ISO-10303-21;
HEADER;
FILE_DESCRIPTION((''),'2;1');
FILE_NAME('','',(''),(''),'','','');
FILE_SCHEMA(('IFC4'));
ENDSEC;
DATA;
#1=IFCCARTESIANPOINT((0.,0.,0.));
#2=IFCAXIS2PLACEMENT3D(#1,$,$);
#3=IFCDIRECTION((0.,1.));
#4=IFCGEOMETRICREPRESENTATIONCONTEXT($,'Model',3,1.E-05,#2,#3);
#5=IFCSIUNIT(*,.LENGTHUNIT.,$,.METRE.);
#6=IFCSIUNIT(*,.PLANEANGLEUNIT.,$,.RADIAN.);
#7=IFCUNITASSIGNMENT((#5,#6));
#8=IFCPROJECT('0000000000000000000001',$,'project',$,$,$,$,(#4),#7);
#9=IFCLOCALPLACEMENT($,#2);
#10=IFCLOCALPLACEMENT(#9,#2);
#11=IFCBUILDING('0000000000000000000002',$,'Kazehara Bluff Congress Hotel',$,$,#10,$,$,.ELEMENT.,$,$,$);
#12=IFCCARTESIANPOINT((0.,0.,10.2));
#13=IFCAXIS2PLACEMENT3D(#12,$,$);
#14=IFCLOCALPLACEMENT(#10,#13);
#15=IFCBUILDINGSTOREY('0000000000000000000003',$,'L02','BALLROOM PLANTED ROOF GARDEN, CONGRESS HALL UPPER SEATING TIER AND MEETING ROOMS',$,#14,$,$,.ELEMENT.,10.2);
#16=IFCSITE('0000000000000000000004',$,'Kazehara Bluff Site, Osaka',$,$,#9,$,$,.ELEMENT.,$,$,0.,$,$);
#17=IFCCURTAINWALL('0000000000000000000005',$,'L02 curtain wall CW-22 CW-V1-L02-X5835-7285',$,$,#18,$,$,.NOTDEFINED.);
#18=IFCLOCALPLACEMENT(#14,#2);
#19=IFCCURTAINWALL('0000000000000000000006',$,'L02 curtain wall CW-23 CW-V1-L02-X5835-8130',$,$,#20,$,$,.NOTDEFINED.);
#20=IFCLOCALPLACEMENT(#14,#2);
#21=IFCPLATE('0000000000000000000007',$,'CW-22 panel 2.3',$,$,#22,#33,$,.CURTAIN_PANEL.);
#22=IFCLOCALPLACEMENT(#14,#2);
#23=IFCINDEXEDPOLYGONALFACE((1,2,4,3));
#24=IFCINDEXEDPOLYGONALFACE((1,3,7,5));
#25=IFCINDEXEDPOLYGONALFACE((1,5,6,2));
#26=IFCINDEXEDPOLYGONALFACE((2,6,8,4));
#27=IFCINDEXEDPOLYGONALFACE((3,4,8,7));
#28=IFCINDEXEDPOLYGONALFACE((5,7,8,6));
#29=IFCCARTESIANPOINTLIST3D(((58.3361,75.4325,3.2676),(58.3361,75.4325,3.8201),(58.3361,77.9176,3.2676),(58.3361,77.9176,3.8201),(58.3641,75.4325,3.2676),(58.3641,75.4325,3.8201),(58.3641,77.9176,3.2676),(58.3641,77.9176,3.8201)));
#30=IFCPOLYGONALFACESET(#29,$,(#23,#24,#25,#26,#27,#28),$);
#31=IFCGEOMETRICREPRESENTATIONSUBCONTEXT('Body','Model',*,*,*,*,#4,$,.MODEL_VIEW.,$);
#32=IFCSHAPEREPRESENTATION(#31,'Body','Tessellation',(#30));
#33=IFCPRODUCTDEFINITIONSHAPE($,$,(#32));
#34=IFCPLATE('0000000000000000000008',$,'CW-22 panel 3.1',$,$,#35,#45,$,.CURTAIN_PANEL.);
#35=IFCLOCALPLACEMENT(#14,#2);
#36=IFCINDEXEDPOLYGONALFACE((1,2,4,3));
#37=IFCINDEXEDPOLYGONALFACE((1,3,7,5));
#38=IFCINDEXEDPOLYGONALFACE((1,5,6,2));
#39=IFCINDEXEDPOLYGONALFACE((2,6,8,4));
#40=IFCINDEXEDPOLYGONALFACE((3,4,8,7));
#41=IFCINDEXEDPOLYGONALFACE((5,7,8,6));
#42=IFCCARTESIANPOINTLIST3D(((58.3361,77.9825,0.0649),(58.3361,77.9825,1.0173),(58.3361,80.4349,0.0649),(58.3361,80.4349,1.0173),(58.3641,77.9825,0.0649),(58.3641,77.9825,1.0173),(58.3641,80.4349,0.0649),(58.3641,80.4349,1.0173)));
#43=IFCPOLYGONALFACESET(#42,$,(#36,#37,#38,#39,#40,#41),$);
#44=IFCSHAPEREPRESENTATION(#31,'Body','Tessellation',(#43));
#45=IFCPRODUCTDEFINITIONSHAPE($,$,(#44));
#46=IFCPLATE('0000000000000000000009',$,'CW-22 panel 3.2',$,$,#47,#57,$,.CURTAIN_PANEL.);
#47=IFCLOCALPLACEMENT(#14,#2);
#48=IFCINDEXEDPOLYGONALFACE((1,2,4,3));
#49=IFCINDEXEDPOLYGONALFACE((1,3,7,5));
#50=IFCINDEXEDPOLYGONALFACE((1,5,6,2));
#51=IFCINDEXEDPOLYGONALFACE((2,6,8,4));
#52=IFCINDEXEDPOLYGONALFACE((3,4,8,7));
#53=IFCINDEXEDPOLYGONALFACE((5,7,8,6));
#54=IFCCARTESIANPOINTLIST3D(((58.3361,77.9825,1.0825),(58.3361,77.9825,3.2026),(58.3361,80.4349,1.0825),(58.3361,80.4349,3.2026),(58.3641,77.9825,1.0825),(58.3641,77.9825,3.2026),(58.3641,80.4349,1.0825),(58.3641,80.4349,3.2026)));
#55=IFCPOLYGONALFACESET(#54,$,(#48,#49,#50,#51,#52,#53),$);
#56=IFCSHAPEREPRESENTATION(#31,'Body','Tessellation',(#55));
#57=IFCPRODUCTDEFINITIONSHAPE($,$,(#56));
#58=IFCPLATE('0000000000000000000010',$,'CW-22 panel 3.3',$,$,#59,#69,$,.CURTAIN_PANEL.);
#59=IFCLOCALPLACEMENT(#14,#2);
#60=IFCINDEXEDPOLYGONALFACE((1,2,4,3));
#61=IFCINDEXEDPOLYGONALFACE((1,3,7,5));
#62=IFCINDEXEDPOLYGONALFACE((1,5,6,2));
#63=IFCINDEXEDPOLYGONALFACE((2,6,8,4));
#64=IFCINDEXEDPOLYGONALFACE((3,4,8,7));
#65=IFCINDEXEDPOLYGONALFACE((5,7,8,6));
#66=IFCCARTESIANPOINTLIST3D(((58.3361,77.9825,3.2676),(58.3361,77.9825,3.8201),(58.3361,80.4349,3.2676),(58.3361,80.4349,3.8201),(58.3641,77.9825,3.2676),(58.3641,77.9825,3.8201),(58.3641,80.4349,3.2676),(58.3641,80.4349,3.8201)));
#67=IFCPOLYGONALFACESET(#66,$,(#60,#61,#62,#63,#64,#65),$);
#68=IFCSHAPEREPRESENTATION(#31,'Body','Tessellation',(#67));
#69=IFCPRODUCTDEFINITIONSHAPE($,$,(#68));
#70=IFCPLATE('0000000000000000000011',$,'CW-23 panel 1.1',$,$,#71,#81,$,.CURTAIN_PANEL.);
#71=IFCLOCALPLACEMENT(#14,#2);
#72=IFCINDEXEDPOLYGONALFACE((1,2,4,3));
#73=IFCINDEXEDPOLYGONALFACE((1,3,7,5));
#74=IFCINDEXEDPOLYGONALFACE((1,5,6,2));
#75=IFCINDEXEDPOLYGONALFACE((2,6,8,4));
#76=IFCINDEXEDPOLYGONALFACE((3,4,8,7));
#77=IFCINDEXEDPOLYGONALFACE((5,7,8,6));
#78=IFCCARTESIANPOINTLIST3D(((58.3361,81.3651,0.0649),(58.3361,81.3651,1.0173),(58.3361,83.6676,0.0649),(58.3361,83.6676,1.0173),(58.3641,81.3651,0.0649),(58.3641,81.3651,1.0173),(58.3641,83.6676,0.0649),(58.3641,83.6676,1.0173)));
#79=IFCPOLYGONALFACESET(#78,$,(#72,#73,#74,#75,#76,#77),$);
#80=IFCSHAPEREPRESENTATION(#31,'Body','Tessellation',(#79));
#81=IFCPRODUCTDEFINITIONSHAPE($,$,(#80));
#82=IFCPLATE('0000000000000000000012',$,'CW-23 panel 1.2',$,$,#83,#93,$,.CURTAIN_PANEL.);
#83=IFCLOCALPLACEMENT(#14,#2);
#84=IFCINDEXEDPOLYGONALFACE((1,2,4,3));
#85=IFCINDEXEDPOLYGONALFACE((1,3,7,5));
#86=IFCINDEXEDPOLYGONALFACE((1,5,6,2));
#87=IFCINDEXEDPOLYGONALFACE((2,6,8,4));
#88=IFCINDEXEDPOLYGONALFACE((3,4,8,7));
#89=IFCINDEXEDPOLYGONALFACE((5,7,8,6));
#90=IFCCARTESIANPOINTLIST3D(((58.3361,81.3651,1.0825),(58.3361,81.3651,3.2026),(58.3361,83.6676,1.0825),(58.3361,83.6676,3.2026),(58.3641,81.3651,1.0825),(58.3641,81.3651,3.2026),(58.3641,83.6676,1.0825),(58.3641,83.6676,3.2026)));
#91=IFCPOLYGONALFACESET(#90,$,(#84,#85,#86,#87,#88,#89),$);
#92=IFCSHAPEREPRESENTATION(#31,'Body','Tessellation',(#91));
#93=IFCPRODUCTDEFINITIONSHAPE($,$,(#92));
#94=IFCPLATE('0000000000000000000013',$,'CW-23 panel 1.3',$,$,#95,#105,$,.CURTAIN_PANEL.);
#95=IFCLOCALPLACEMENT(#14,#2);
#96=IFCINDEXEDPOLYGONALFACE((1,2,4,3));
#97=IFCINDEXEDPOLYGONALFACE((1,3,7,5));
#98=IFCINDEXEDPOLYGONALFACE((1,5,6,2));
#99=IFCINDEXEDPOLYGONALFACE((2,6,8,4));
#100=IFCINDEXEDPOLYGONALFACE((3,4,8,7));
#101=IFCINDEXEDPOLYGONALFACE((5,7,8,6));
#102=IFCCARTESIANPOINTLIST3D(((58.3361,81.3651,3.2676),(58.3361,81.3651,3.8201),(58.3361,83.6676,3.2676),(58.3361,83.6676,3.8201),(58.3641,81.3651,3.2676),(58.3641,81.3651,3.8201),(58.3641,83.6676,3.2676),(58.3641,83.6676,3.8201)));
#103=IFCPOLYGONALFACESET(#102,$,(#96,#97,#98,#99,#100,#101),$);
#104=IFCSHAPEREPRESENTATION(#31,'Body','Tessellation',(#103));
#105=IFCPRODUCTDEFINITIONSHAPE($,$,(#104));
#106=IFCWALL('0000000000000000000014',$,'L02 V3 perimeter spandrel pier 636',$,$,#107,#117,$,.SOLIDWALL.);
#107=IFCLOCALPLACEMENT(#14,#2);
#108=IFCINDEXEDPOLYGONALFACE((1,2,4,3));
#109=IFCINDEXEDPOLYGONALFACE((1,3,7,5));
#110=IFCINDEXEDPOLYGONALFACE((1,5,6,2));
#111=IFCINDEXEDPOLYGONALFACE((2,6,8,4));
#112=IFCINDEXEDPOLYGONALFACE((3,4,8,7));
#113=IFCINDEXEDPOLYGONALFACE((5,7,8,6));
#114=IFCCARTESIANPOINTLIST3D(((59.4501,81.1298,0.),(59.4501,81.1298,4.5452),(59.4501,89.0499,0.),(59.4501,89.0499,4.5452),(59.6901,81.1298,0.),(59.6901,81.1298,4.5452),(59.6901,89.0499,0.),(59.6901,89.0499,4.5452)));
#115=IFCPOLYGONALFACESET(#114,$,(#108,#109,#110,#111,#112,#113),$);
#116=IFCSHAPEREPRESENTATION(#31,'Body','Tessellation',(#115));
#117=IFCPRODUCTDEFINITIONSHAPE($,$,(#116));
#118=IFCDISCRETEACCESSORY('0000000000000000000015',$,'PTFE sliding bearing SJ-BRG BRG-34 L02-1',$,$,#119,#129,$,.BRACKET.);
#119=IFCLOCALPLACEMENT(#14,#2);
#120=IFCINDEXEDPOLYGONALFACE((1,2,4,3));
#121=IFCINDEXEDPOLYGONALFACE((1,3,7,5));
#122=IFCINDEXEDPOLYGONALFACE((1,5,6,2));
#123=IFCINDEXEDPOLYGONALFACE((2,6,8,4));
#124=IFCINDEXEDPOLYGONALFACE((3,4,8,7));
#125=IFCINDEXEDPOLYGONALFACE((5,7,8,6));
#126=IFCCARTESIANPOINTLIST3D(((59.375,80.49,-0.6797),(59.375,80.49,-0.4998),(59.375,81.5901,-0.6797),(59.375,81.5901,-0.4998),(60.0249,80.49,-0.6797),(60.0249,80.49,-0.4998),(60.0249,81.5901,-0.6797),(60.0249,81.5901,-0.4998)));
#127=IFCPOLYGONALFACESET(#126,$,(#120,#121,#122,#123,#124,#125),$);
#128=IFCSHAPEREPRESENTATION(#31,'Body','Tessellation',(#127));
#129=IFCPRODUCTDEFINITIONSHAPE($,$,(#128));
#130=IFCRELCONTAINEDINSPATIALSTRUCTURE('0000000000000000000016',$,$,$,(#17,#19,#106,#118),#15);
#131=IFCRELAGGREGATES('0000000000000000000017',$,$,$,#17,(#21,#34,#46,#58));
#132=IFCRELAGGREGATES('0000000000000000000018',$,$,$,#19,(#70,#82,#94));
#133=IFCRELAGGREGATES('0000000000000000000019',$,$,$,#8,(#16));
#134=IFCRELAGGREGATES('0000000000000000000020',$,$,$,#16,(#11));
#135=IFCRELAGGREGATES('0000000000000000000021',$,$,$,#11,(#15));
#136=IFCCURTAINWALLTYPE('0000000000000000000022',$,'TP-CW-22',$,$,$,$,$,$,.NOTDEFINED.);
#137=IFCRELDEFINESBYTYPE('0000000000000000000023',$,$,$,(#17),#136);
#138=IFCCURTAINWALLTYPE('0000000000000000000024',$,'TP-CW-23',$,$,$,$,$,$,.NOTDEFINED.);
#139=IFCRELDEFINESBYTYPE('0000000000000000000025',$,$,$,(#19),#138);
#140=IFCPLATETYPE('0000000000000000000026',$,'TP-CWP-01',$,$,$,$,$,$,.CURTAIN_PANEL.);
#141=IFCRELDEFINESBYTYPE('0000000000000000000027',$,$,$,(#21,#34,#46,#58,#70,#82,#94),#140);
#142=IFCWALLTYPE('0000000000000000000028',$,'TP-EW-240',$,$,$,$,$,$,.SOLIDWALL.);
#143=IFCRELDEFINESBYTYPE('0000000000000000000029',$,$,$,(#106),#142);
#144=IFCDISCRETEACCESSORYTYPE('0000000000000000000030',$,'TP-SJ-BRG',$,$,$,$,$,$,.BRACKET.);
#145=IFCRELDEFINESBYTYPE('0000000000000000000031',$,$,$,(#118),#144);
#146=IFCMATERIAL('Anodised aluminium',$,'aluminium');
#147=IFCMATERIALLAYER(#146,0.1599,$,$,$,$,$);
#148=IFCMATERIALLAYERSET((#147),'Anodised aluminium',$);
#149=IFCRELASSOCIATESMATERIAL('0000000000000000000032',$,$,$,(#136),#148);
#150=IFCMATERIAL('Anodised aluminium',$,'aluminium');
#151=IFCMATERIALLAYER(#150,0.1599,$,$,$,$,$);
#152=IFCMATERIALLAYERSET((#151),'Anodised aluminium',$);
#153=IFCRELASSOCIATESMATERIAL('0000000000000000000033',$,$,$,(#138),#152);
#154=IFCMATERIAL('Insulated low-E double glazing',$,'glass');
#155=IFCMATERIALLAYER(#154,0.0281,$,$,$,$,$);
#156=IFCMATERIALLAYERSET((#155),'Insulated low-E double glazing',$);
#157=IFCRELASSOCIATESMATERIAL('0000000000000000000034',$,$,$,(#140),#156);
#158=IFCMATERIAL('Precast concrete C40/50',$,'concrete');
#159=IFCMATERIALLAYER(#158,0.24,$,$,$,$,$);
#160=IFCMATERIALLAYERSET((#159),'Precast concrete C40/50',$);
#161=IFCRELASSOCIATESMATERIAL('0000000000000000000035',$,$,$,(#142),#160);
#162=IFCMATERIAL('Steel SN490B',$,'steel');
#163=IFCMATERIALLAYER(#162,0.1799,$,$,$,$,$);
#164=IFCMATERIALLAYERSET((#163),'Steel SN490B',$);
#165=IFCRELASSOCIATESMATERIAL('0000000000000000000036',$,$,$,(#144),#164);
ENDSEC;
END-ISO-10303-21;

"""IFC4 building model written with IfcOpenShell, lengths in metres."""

from ifc_helpers import new_model, si_unit, direction, frame, frame_2d, origin, origin_2d, place, context, subcontext, project, spatial, rectangle, extrude, material, layer, layer_set, type_object, element, aggregate, save


model = new_model("IFC4")

# Units and contexts
model_context = context("Model", 3, precision=1e-05, world=origin(), true_north=direction((0.0, 1.0)))
body_context = subcontext(model_context, "Body", "Model", "MODEL_VIEW")
ifc_project = project(units=[si_unit("LENGTHUNIT", "METRE"), si_unit("PLANEANGLEUNIT", "RADIAN")], contexts=[model_context])

# Site, building, storey
site_placement = place(None, origin())
site = spatial("IfcSite", under=ifc_project, at=site_placement, Name="Kazehara Bluff Site, Osaka", CompositionType="ELEMENT", RefElevation=0.0)
building_placement = place(site_placement, origin())
building = spatial("IfcBuilding", under=site, at=building_placement, Name="Kazehara Bluff Congress Hotel", CompositionType="ELEMENT")
storey_placement = place(building_placement, frame((0.0, 0.0, 10.2)))
storey = spatial("IfcBuildingStorey", under=building, at=storey_placement, Name="L02", Description="BALLROOM PLANTED ROOF GARDEN, CONGRESS HALL UPPER SEATING TIER AND MEETING ROOMS", CompositionType="ELEMENT", Elevation=10.2)

# Curtain walls
ifc_material_1 = material(Name="Anodised aluminium", Category="aluminium")
ifc_layer_1 = layer(ifc_material_1, 0.1599)
ifc_layer_set_1 = layer_set([ifc_layer_1], Name="Anodised aluminium")
curtain_wall_type_1 = type_object("IfcCurtainWallType", Name="TP-CW-22", PredefinedType="NOTDEFINED", material=ifc_layer_set_1)
curtain_wall_1_placement = place(storey_placement, origin())
curtain_wall_1 = element("IfcCurtainWall", 1, at=curtain_wall_1_placement, inside=storey, type_object=curtain_wall_type_1, Name="L02 curtain wall CW-22 CW-V1-L02-X5835-7285", PredefinedType="NOTDEFINED")
ifc_material_2 = material(Name="Anodised aluminium", Category="aluminium")
ifc_layer_2 = layer(ifc_material_2, 0.1599)
ifc_layer_set_2 = layer_set([ifc_layer_2], Name="Anodised aluminium")
curtain_wall_type_2 = type_object("IfcCurtainWallType", Name="TP-CW-23", PredefinedType="NOTDEFINED", material=ifc_layer_set_2)
curtain_wall_2_placement = place(storey_placement, origin())
curtain_wall_2 = element("IfcCurtainWall", 2, at=curtain_wall_2_placement, inside=storey, type_object=curtain_wall_type_2, Name="L02 curtain wall CW-23 CW-V1-L02-X5835-8130", PredefinedType="NOTDEFINED")

# Plates
ifc_material_3 = material(Name="Insulated low-E double glazing", Category="glass")
ifc_layer_3 = layer(ifc_material_3, 0.0281)
ifc_layer_set_3 = layer_set([ifc_layer_3], Name="Insulated low-E double glazing")
plate_type = type_object("IfcPlateType", Name="TP-CWP-01", PredefinedType="CURTAIN_PANEL", material=ifc_layer_set_3)
plate_1_placement = place(storey_placement, frame((58.3501, 76.675, 3.2676), z_axis=(0.0, 0.0, 1.0), x_axis=(0.0, 1.0, 0.0)))
plate_1 = element("IfcPlate", 3, at=plate_1_placement, type_object=plate_type, Name="CW-22 panel 2.3", PredefinedType="CURTAIN_PANEL", context=body_context, shape_type="SweptSolid", body=[
    extrude(rectangle(XDim=2.4851, YDim=0.0281, at=origin_2d()), origin(), (0.0, 0.0, 1.0), 0.5525),
])
plate_2_placement = place(storey_placement, frame((58.3501, 79.2087, 0.0649), z_axis=(0.0, 0.0, 1.0), x_axis=(0.0, 1.0, 0.0)))
plate_2 = element("IfcPlate", 4, at=plate_2_placement, type_object=plate_type, Name="CW-22 panel 3.1", PredefinedType="CURTAIN_PANEL", context=body_context, shape_type="SweptSolid", body=[
    extrude(rectangle(XDim=2.4524, YDim=0.0281, at=origin_2d()), origin(), (0.0, 0.0, 1.0), 0.9524),
])
plate_3_placement = place(storey_placement, frame((58.3501, 79.2087, 1.0825), z_axis=(0.0, 0.0, 1.0), x_axis=(0.0, 1.0, 0.0)))
plate_3 = element("IfcPlate", 5, at=plate_3_placement, type_object=plate_type, Name="CW-22 panel 3.2", PredefinedType="CURTAIN_PANEL", context=body_context, shape_type="SweptSolid", body=[
    extrude(rectangle(XDim=2.4524, YDim=0.0281, at=origin_2d()), origin(), (0.0, 0.0, 1.0), 2.1201),
])
plate_4_placement = place(storey_placement, frame((58.3501, 79.2087, 3.2676), z_axis=(0.0, 0.0, 1.0), x_axis=(0.0, 1.0, 0.0)))
plate_4 = element("IfcPlate", 6, at=plate_4_placement, type_object=plate_type, Name="CW-22 panel 3.3", PredefinedType="CURTAIN_PANEL", context=body_context, shape_type="SweptSolid", body=[
    extrude(rectangle(XDim=2.4524, YDim=0.0281, at=origin_2d()), origin(), (0.0, 0.0, 1.0), 0.5525),
])
aggregate(curtain_wall_1, [plate_1, plate_2, plate_3, plate_4])
plate_5_placement = place(storey_placement, frame((58.3501, 82.5164, 0.0649), z_axis=(0.0, 0.0, 1.0), x_axis=(0.0, 1.0, 0.0)))
plate_5 = element("IfcPlate", 7, at=plate_5_placement, type_object=plate_type, Name="CW-23 panel 1.1", PredefinedType="CURTAIN_PANEL", context=body_context, shape_type="SweptSolid", body=[
    extrude(rectangle(XDim=2.3025, YDim=0.0281, at=origin_2d()), origin(), (0.0, 0.0, 1.0), 0.9524),
])
plate_6_placement = place(storey_placement, frame((58.3501, 82.5164, 1.0825), z_axis=(0.0, 0.0, 1.0), x_axis=(0.0, 1.0, 0.0)))
plate_6 = element("IfcPlate", 8, at=plate_6_placement, type_object=plate_type, Name="CW-23 panel 1.2", PredefinedType="CURTAIN_PANEL", context=body_context, shape_type="SweptSolid", body=[
    extrude(rectangle(XDim=2.3025, YDim=0.0281, at=origin_2d()), origin(), (0.0, 0.0, 1.0), 2.1201),
])
plate_7_placement = place(storey_placement, frame((58.3501, 82.5164, 3.2676), z_axis=(0.0, 0.0, 1.0), x_axis=(0.0, 1.0, 0.0)))
plate_7 = element("IfcPlate", 9, at=plate_7_placement, type_object=plate_type, Name="CW-23 panel 1.3", PredefinedType="CURTAIN_PANEL", context=body_context, shape_type="SweptSolid", body=[
    extrude(rectangle(XDim=2.3025, YDim=0.0281, at=origin_2d()), origin(), (0.0, 0.0, 1.0), 0.5525),
])
aggregate(curtain_wall_2, [plate_5, plate_6, plate_7])

# Wall
ifc_material_4 = material(Name="Precast concrete C40/50", Category="concrete")
ifc_layer_4 = layer(ifc_material_4, 0.24)
ifc_layer_set_4 = layer_set([ifc_layer_4], Name="Precast concrete C40/50")
wall_type = type_object("IfcWallType", Name="TP-EW-240", PredefinedType="SOLIDWALL", material=ifc_layer_set_4)
wall_placement = place(storey_placement, frame((59.5701, 81.1299, 0.0), z_axis=(0.0, 0.0, 1.0), x_axis=(0.0, 1.0, 0.0)))
element("IfcWall", 10, at=wall_placement, inside=storey, type_object=wall_type, Name="L02 V3 perimeter spandrel pier 636", PredefinedType="SOLIDWALL", context=body_context, shape_type="SweptSolid", body=[
    extrude(rectangle(XDim=7.9202, YDim=0.24, at=frame_2d((3.96, 0.0))), origin(), (0.0, 0.0, 1.0), 4.5452),
])

# Discrete accessory
ifc_material_5 = material(Name="Steel SN490B", Category="steel")
ifc_layer_5 = layer(ifc_material_5, 0.1799)
ifc_layer_set_5 = layer_set([ifc_layer_5], Name="Steel SN490B")
discrete_accessory_type = type_object("IfcDiscreteAccessoryType", Name="TP-SJ-BRG", PredefinedType="BRACKET", material=ifc_layer_set_5)
discrete_accessory_placement = place(storey_placement, frame((59.7, 81.04, -0.6797), z_axis=(0.0, 0.0, 1.0), x_axis=(1.0, 0.0, 0.0)))
element("IfcDiscreteAccessory", 11, at=discrete_accessory_placement, inside=storey, type_object=discrete_accessory_type, Name="PTFE sliding bearing SJ-BRG BRG-34 L02-1", PredefinedType="BRACKET", context=body_context, shape_type="SweptSolid", body=[
    extrude(rectangle(XDim=0.6499, YDim=1.1001, at=origin_2d()), origin(), (0.0, 0.0, 1.0), 0.1799),
])

save(model, "model.ifc")
